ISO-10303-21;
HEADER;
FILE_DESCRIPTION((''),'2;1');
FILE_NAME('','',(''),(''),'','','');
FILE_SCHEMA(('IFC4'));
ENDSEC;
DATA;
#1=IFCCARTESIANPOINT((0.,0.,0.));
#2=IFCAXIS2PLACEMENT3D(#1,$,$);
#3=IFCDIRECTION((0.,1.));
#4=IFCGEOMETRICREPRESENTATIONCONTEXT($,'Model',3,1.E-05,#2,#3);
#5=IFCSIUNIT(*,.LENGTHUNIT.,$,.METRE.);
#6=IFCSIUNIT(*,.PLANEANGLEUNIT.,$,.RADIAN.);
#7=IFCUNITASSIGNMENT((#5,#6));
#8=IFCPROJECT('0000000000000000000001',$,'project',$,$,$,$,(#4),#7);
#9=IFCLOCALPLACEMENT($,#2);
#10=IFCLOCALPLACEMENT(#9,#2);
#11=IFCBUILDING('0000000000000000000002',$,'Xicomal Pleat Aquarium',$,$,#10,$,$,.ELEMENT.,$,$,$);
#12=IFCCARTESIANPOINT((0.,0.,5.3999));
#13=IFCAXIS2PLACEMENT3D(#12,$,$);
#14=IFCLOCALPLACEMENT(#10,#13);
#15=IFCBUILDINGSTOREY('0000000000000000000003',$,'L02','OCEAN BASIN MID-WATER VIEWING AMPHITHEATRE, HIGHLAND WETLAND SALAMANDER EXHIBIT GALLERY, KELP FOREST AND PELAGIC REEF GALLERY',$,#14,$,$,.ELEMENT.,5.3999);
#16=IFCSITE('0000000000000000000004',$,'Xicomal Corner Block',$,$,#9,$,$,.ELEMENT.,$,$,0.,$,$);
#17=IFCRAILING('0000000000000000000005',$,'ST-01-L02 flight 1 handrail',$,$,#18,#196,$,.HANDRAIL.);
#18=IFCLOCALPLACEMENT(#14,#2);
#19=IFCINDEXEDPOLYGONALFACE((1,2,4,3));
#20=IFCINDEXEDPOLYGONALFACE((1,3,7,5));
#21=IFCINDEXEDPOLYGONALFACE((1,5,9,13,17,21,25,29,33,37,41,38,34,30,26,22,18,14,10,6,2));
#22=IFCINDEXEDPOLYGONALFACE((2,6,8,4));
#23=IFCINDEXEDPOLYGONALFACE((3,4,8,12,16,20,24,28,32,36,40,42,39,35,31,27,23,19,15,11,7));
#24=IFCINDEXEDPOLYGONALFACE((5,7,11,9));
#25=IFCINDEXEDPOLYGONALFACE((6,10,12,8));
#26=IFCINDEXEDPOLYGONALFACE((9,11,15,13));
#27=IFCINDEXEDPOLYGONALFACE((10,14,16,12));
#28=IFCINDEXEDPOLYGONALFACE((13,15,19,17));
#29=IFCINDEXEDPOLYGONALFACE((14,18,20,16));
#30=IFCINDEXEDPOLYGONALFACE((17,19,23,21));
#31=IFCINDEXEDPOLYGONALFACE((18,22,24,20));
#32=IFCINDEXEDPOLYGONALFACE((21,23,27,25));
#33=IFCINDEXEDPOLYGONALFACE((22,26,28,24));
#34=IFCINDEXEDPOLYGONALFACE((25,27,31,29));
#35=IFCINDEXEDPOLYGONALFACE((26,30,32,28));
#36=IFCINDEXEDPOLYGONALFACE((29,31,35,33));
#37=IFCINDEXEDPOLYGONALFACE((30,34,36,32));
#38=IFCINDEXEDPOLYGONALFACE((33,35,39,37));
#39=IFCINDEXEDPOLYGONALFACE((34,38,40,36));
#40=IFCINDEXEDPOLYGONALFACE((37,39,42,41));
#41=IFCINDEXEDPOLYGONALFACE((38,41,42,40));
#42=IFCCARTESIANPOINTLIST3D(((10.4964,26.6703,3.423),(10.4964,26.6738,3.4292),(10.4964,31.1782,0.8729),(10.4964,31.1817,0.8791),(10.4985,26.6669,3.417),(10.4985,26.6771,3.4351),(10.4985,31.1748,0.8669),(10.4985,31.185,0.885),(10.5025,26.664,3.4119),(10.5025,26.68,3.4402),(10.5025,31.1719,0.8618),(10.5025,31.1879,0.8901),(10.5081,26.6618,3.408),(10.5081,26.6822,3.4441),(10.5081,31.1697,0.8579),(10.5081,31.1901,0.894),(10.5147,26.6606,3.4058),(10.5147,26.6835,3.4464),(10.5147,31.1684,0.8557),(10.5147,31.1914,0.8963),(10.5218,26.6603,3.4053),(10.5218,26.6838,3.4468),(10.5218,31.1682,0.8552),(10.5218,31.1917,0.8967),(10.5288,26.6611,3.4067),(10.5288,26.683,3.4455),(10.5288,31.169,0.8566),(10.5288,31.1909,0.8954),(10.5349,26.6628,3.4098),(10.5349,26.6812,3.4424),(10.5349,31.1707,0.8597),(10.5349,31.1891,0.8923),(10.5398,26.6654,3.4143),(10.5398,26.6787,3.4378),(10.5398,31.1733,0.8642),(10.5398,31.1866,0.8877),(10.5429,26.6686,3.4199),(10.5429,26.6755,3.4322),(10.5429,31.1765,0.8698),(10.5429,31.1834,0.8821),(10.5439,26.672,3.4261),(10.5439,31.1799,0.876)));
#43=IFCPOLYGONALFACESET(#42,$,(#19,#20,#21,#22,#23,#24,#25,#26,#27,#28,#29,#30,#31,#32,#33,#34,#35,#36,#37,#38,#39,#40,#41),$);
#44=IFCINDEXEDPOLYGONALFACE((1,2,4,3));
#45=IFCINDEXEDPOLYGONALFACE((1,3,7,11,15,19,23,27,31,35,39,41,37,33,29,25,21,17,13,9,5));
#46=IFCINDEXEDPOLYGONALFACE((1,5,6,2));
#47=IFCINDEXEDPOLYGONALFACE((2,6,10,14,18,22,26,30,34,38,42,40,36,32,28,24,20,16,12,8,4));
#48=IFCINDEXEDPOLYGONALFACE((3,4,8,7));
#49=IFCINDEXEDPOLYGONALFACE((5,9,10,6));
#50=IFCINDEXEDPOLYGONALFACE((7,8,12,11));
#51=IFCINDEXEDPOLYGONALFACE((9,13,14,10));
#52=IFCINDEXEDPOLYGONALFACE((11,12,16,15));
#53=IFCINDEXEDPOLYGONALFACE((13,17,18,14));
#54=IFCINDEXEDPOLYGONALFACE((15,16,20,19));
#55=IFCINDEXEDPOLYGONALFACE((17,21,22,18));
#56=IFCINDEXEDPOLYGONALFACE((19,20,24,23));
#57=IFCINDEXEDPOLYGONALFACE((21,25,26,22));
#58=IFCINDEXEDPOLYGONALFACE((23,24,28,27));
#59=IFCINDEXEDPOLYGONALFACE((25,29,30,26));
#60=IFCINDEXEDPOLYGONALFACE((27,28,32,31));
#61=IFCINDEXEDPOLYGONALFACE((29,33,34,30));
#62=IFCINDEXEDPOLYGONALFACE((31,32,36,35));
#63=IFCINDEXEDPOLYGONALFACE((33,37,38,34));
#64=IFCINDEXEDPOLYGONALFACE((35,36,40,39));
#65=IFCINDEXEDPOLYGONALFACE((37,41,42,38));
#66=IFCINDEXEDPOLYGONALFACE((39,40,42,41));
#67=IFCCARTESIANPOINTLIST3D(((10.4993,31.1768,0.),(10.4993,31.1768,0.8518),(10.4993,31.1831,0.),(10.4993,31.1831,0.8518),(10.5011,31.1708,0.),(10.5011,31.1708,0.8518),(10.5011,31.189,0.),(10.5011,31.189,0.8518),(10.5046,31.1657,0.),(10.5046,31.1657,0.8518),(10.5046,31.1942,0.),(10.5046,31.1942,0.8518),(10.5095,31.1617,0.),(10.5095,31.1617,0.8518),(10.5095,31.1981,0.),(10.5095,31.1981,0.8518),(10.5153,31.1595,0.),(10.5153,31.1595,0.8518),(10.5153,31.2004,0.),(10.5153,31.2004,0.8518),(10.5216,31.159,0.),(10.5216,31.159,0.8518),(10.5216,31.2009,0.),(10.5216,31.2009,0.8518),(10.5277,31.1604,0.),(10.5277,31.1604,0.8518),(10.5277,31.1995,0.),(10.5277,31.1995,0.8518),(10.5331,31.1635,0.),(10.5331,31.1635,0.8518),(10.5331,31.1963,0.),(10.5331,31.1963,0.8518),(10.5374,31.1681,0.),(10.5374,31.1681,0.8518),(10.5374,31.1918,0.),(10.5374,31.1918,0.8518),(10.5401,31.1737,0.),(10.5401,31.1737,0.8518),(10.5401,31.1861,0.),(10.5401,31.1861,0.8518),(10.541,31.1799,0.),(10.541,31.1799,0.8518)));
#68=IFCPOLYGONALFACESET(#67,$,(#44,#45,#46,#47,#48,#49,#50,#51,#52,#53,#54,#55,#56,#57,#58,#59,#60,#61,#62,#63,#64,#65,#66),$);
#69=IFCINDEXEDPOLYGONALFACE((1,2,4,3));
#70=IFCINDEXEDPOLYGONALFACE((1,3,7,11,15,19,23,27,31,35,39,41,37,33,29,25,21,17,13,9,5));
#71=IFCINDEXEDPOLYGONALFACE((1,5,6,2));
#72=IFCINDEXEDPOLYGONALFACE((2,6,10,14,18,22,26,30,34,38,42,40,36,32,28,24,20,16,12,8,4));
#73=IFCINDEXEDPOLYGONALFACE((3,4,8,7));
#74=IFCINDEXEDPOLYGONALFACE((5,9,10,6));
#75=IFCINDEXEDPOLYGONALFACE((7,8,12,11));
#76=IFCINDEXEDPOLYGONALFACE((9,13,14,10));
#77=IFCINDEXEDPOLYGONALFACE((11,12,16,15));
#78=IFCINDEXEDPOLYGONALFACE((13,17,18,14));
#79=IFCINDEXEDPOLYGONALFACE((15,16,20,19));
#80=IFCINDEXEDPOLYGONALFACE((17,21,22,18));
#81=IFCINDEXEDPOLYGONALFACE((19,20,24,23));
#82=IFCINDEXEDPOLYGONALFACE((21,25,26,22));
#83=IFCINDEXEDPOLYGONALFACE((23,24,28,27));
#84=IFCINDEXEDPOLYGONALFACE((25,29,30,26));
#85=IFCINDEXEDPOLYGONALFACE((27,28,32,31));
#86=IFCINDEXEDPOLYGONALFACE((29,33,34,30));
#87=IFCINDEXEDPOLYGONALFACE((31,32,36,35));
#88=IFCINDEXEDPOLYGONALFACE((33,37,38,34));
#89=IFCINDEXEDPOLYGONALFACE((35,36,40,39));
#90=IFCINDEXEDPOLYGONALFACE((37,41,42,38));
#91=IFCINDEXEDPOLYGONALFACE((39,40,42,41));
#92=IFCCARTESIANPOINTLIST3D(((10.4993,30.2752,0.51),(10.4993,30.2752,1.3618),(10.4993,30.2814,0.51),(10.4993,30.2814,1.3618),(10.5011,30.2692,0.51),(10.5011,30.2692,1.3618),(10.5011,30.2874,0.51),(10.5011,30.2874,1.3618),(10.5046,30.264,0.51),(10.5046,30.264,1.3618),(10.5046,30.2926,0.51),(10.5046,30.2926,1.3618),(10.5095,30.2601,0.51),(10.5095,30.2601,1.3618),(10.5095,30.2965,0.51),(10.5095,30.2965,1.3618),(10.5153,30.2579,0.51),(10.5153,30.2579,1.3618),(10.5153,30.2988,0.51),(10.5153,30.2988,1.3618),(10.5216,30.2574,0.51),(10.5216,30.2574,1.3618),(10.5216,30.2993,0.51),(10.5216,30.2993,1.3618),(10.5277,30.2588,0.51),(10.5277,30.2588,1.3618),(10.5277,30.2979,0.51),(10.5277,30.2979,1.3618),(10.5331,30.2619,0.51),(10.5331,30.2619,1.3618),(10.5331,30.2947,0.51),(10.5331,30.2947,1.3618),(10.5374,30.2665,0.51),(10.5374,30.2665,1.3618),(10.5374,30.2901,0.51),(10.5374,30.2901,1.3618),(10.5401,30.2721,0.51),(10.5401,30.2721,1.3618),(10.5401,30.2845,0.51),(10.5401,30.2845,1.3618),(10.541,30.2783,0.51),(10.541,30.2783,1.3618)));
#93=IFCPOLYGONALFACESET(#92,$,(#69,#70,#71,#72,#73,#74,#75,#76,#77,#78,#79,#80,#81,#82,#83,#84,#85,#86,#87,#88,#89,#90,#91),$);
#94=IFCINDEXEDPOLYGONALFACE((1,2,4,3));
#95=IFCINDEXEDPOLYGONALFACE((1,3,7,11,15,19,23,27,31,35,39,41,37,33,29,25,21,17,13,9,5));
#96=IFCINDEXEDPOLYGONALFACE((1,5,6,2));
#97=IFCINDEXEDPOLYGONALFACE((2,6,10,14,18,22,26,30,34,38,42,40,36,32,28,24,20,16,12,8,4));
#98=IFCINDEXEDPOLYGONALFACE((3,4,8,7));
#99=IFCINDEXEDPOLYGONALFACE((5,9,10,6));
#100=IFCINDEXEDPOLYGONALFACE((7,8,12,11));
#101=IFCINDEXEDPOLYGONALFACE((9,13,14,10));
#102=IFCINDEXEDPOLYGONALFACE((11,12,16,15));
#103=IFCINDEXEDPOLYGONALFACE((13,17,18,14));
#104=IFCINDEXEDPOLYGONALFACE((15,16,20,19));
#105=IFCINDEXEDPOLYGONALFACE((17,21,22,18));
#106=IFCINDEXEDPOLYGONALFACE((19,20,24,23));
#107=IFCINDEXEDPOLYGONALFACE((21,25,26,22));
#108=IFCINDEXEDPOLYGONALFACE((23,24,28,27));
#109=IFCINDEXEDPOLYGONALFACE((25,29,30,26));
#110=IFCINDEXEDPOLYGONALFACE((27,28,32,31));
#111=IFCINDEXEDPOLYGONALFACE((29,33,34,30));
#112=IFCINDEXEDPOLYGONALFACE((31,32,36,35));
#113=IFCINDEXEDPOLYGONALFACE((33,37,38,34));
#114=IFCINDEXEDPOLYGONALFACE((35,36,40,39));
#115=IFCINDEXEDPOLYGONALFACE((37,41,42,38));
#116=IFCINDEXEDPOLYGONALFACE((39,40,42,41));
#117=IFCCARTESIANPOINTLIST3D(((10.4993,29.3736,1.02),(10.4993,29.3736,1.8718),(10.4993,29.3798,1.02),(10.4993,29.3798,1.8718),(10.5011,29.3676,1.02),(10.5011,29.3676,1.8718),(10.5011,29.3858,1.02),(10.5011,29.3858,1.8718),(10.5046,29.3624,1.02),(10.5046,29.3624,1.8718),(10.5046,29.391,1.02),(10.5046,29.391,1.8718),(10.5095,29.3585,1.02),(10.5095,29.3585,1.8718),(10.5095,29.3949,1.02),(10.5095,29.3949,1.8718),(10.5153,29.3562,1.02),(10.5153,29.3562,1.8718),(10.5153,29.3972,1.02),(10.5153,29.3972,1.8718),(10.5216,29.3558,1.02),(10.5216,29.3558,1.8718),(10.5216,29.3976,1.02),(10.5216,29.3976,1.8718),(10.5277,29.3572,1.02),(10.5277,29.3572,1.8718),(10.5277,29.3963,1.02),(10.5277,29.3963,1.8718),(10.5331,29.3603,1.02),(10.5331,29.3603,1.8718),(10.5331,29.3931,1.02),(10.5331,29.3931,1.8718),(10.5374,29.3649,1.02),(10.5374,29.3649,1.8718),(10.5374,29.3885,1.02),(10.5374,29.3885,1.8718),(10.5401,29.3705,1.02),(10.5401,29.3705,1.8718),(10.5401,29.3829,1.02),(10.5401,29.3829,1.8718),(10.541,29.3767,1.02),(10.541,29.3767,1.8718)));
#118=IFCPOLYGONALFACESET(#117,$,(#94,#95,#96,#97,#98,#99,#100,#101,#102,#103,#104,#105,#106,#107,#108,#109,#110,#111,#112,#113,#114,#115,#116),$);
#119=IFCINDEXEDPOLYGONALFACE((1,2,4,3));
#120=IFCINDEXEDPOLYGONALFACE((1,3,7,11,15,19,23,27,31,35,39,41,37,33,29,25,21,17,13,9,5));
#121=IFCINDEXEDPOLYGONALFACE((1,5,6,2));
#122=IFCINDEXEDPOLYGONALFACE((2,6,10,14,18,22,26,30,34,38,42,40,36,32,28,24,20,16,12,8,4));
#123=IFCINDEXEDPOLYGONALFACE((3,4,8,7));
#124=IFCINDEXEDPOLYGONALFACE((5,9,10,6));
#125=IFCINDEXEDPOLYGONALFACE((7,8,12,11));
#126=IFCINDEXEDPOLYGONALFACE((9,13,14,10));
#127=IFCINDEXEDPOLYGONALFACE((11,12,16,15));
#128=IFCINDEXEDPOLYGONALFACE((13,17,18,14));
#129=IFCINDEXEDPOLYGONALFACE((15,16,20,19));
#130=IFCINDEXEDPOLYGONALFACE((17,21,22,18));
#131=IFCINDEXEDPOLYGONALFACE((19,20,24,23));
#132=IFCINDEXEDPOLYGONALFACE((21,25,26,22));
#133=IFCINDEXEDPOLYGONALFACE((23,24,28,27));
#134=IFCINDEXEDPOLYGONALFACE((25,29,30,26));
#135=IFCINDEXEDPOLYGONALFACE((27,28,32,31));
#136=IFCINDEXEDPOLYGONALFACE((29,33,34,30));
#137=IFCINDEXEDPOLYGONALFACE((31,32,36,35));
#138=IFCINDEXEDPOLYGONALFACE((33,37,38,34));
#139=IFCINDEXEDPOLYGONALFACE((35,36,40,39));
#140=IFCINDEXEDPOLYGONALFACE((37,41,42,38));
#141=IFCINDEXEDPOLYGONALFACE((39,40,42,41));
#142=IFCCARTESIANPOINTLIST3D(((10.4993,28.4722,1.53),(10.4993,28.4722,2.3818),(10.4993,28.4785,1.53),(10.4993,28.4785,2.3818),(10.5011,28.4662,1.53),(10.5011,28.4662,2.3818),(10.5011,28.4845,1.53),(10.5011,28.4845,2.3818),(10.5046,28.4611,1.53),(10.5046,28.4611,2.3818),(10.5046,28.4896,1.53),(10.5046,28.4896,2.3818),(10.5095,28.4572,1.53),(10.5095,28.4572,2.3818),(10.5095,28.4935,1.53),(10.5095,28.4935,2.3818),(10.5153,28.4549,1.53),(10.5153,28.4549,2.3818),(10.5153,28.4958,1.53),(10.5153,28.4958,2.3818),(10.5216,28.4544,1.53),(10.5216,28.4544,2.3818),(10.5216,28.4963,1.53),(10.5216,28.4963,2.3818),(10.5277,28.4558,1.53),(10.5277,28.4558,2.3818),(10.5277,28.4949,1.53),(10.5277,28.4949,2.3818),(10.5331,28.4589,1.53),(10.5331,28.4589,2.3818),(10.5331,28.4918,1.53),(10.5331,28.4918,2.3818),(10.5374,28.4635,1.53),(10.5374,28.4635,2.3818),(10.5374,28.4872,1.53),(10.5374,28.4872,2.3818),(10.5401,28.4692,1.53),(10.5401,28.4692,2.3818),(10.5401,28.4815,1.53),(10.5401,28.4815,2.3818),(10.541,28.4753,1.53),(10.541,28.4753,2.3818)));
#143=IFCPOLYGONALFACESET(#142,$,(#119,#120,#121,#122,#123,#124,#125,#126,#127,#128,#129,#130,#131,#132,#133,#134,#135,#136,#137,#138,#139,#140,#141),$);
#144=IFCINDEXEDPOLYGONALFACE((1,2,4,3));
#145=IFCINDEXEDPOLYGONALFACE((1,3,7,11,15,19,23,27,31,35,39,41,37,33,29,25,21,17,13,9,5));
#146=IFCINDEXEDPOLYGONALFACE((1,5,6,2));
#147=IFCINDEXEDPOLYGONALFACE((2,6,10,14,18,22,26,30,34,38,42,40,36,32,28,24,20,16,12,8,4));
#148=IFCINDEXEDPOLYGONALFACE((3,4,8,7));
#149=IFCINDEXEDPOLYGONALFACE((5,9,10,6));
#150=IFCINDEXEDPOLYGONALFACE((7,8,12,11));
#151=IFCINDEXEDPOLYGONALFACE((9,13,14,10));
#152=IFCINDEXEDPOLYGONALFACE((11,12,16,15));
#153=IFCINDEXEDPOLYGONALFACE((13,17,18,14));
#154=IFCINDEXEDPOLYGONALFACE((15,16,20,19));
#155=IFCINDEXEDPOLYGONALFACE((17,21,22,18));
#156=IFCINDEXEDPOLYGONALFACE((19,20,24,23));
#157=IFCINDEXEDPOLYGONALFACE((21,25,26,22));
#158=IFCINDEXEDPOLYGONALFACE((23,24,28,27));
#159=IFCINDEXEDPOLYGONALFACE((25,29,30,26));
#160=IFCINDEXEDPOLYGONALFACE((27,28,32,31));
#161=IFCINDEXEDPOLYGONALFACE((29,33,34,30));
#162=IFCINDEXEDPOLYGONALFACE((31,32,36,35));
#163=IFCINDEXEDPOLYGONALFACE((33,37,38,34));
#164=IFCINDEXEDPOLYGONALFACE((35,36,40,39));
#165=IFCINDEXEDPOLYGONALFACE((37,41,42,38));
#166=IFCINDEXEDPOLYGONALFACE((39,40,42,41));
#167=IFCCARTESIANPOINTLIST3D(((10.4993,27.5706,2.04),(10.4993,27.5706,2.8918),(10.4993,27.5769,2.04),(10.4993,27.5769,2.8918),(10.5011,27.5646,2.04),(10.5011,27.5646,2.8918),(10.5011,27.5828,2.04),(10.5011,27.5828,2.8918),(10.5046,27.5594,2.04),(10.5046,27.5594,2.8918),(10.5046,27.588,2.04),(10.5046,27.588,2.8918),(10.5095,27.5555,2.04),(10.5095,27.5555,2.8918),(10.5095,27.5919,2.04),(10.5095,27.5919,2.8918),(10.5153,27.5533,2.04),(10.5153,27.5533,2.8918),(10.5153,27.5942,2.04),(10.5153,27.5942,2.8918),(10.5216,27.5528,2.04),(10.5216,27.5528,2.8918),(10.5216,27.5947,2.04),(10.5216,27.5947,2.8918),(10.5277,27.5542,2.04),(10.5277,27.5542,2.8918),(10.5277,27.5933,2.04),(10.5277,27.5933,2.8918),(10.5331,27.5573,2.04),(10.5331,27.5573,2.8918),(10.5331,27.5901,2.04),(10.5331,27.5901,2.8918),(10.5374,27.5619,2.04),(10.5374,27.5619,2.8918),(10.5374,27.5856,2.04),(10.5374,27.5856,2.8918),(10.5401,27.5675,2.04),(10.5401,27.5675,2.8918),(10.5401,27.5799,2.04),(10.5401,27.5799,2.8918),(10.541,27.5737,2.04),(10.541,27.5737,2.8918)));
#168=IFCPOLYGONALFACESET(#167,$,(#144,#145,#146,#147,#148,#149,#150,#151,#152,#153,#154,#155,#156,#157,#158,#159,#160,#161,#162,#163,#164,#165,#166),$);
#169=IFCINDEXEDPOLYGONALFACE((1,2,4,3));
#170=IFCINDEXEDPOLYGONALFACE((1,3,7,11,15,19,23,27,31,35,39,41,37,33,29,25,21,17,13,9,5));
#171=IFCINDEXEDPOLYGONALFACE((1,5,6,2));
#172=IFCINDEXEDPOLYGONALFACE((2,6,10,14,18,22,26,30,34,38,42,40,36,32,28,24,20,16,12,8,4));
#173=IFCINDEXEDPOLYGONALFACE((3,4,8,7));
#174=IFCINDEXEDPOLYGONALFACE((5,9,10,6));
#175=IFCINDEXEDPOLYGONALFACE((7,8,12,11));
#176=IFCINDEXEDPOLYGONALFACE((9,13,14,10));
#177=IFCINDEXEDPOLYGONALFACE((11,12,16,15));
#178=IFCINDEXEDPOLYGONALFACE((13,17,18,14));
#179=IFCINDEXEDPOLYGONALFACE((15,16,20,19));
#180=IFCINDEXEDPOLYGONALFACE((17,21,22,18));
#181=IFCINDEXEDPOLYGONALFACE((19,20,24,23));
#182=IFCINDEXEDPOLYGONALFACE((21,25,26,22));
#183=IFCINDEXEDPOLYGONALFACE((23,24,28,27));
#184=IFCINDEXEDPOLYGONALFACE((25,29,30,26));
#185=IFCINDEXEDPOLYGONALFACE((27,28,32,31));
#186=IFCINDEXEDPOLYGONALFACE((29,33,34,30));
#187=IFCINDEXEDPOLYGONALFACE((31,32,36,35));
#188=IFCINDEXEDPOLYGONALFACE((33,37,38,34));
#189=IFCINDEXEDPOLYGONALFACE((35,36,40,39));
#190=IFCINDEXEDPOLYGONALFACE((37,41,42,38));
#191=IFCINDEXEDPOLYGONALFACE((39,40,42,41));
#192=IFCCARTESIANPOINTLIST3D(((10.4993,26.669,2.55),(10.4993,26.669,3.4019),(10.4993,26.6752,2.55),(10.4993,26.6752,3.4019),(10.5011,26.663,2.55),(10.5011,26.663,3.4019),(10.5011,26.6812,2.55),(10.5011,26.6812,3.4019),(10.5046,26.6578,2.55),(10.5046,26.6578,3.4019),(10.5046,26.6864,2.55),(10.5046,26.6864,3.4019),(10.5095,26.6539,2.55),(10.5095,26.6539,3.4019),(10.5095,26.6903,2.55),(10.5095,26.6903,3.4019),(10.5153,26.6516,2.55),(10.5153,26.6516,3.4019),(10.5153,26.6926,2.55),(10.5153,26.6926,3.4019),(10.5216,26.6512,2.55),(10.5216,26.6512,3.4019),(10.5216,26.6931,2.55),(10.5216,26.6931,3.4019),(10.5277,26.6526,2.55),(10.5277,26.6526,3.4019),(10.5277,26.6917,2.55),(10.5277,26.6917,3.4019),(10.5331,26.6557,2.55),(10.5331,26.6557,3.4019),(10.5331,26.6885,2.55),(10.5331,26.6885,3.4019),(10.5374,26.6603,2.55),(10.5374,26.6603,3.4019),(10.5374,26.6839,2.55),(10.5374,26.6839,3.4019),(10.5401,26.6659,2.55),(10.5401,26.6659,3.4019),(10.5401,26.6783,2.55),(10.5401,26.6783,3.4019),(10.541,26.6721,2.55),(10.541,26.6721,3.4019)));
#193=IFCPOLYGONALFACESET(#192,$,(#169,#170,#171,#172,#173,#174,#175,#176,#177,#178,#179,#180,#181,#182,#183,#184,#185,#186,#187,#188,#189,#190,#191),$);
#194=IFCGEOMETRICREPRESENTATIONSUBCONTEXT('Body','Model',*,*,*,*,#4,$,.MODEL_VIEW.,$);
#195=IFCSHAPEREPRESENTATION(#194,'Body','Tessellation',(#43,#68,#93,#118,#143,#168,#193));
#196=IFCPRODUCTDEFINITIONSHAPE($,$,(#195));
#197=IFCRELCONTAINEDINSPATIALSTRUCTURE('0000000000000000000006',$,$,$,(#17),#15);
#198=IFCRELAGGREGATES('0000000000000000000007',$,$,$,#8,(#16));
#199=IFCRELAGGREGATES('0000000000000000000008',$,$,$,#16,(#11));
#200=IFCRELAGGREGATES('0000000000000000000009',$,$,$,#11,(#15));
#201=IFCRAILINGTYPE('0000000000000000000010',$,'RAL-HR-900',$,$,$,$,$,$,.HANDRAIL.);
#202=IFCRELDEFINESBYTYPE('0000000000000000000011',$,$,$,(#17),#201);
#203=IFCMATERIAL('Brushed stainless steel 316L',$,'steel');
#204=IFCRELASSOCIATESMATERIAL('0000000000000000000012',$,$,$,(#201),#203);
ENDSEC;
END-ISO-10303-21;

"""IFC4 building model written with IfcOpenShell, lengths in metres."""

from ifc_helpers import new_model, si_unit, direction, frame, origin, origin_2d, place, context, subcontext, project, spatial, circle, extrude, material, type_object, element, save


model = new_model("IFC4")

# Units and contexts
model_context = context("Model", 3, precision=1e-05, world=origin(), true_north=direction((0.0, 1.0)))
body_context = subcontext(model_context, "Body", "Model", "MODEL_VIEW")
ifc_project = project(units=[si_unit("LENGTHUNIT", "METRE"), si_unit("PLANEANGLEUNIT", "RADIAN")], contexts=[model_context])

# Site, building, storey
site_placement = place(None, origin())
site = spatial("IfcSite", under=ifc_project, at=site_placement, Name="Xicomal Corner Block", CompositionType="ELEMENT", RefElevation=0.0)
building_placement = place(site_placement, origin())
building = spatial("IfcBuilding", under=site, at=building_placement, Name="Xicomal Pleat Aquarium", CompositionType="ELEMENT")
storey_placement = place(building_placement, frame((0.0, 0.0, 5.3999)))
storey = spatial("IfcBuildingStorey", under=building, at=storey_placement, Name="L02", Description="OCEAN BASIN MID-WATER VIEWING AMPHITHEATRE, HIGHLAND WETLAND SALAMANDER EXHIBIT GALLERY, KELP FOREST AND PELAGIC REEF GALLERY", CompositionType="ELEMENT", Elevation=5.3999)

# Railing
ifc_material_1 = material(Name="Brushed stainless steel 316L", Category="steel")
railing_type = type_object("IfcRailingType", Name="RAL-HR-900", PredefinedType="HANDRAIL", material=ifc_material_1)
railing_placement = place(storey_placement, frame((10.52, 31.1799, 0.0)))
element("IfcRailing", 1, at=railing_placement, inside=storey, type_object=railing_type, Name="ST-01-L02 flight 1 handrail", PredefinedType="HANDRAIL", context=body_context, shape_type="SweptSolid", body=[
    extrude(circle(Radius=0.0239, at=origin_2d()), frame((0.0, 0.0, 0.876), z_axis=(0.0, -0.870385, 0.492373), x_axis=(1.0, 0.0, 0.0)), (0.0, 0.0, 1.0), 5.1792),
    extrude(circle(Radius=0.021, at=origin_2d()), origin(), (0.0, 0.0, 1.0), 0.8518),
    extrude(circle(Radius=0.021, at=origin_2d()), frame((0.0, -0.9016, 0.51)), (0.0, 0.0, 1.0), 0.8518),
    extrude(circle(Radius=0.021, at=origin_2d()), frame((0.0, -1.8032, 1.02)), (0.0, 0.0, 1.0), 0.8518),
    extrude(circle(Radius=0.021, at=origin_2d()), frame((0.0, -2.7046, 1.53)), (0.0, 0.0, 1.0), 0.8518),
    extrude(circle(Radius=0.021, at=origin_2d()), frame((0.0, -3.6062, 2.04)), (0.0, 0.0, 1.0), 0.8518),
    extrude(circle(Radius=0.021, at=origin_2d()), frame((0.0, -4.5078, 2.55)), (0.0, 0.0, 1.0), 0.8518),
])

save(model, "model.ifc")
